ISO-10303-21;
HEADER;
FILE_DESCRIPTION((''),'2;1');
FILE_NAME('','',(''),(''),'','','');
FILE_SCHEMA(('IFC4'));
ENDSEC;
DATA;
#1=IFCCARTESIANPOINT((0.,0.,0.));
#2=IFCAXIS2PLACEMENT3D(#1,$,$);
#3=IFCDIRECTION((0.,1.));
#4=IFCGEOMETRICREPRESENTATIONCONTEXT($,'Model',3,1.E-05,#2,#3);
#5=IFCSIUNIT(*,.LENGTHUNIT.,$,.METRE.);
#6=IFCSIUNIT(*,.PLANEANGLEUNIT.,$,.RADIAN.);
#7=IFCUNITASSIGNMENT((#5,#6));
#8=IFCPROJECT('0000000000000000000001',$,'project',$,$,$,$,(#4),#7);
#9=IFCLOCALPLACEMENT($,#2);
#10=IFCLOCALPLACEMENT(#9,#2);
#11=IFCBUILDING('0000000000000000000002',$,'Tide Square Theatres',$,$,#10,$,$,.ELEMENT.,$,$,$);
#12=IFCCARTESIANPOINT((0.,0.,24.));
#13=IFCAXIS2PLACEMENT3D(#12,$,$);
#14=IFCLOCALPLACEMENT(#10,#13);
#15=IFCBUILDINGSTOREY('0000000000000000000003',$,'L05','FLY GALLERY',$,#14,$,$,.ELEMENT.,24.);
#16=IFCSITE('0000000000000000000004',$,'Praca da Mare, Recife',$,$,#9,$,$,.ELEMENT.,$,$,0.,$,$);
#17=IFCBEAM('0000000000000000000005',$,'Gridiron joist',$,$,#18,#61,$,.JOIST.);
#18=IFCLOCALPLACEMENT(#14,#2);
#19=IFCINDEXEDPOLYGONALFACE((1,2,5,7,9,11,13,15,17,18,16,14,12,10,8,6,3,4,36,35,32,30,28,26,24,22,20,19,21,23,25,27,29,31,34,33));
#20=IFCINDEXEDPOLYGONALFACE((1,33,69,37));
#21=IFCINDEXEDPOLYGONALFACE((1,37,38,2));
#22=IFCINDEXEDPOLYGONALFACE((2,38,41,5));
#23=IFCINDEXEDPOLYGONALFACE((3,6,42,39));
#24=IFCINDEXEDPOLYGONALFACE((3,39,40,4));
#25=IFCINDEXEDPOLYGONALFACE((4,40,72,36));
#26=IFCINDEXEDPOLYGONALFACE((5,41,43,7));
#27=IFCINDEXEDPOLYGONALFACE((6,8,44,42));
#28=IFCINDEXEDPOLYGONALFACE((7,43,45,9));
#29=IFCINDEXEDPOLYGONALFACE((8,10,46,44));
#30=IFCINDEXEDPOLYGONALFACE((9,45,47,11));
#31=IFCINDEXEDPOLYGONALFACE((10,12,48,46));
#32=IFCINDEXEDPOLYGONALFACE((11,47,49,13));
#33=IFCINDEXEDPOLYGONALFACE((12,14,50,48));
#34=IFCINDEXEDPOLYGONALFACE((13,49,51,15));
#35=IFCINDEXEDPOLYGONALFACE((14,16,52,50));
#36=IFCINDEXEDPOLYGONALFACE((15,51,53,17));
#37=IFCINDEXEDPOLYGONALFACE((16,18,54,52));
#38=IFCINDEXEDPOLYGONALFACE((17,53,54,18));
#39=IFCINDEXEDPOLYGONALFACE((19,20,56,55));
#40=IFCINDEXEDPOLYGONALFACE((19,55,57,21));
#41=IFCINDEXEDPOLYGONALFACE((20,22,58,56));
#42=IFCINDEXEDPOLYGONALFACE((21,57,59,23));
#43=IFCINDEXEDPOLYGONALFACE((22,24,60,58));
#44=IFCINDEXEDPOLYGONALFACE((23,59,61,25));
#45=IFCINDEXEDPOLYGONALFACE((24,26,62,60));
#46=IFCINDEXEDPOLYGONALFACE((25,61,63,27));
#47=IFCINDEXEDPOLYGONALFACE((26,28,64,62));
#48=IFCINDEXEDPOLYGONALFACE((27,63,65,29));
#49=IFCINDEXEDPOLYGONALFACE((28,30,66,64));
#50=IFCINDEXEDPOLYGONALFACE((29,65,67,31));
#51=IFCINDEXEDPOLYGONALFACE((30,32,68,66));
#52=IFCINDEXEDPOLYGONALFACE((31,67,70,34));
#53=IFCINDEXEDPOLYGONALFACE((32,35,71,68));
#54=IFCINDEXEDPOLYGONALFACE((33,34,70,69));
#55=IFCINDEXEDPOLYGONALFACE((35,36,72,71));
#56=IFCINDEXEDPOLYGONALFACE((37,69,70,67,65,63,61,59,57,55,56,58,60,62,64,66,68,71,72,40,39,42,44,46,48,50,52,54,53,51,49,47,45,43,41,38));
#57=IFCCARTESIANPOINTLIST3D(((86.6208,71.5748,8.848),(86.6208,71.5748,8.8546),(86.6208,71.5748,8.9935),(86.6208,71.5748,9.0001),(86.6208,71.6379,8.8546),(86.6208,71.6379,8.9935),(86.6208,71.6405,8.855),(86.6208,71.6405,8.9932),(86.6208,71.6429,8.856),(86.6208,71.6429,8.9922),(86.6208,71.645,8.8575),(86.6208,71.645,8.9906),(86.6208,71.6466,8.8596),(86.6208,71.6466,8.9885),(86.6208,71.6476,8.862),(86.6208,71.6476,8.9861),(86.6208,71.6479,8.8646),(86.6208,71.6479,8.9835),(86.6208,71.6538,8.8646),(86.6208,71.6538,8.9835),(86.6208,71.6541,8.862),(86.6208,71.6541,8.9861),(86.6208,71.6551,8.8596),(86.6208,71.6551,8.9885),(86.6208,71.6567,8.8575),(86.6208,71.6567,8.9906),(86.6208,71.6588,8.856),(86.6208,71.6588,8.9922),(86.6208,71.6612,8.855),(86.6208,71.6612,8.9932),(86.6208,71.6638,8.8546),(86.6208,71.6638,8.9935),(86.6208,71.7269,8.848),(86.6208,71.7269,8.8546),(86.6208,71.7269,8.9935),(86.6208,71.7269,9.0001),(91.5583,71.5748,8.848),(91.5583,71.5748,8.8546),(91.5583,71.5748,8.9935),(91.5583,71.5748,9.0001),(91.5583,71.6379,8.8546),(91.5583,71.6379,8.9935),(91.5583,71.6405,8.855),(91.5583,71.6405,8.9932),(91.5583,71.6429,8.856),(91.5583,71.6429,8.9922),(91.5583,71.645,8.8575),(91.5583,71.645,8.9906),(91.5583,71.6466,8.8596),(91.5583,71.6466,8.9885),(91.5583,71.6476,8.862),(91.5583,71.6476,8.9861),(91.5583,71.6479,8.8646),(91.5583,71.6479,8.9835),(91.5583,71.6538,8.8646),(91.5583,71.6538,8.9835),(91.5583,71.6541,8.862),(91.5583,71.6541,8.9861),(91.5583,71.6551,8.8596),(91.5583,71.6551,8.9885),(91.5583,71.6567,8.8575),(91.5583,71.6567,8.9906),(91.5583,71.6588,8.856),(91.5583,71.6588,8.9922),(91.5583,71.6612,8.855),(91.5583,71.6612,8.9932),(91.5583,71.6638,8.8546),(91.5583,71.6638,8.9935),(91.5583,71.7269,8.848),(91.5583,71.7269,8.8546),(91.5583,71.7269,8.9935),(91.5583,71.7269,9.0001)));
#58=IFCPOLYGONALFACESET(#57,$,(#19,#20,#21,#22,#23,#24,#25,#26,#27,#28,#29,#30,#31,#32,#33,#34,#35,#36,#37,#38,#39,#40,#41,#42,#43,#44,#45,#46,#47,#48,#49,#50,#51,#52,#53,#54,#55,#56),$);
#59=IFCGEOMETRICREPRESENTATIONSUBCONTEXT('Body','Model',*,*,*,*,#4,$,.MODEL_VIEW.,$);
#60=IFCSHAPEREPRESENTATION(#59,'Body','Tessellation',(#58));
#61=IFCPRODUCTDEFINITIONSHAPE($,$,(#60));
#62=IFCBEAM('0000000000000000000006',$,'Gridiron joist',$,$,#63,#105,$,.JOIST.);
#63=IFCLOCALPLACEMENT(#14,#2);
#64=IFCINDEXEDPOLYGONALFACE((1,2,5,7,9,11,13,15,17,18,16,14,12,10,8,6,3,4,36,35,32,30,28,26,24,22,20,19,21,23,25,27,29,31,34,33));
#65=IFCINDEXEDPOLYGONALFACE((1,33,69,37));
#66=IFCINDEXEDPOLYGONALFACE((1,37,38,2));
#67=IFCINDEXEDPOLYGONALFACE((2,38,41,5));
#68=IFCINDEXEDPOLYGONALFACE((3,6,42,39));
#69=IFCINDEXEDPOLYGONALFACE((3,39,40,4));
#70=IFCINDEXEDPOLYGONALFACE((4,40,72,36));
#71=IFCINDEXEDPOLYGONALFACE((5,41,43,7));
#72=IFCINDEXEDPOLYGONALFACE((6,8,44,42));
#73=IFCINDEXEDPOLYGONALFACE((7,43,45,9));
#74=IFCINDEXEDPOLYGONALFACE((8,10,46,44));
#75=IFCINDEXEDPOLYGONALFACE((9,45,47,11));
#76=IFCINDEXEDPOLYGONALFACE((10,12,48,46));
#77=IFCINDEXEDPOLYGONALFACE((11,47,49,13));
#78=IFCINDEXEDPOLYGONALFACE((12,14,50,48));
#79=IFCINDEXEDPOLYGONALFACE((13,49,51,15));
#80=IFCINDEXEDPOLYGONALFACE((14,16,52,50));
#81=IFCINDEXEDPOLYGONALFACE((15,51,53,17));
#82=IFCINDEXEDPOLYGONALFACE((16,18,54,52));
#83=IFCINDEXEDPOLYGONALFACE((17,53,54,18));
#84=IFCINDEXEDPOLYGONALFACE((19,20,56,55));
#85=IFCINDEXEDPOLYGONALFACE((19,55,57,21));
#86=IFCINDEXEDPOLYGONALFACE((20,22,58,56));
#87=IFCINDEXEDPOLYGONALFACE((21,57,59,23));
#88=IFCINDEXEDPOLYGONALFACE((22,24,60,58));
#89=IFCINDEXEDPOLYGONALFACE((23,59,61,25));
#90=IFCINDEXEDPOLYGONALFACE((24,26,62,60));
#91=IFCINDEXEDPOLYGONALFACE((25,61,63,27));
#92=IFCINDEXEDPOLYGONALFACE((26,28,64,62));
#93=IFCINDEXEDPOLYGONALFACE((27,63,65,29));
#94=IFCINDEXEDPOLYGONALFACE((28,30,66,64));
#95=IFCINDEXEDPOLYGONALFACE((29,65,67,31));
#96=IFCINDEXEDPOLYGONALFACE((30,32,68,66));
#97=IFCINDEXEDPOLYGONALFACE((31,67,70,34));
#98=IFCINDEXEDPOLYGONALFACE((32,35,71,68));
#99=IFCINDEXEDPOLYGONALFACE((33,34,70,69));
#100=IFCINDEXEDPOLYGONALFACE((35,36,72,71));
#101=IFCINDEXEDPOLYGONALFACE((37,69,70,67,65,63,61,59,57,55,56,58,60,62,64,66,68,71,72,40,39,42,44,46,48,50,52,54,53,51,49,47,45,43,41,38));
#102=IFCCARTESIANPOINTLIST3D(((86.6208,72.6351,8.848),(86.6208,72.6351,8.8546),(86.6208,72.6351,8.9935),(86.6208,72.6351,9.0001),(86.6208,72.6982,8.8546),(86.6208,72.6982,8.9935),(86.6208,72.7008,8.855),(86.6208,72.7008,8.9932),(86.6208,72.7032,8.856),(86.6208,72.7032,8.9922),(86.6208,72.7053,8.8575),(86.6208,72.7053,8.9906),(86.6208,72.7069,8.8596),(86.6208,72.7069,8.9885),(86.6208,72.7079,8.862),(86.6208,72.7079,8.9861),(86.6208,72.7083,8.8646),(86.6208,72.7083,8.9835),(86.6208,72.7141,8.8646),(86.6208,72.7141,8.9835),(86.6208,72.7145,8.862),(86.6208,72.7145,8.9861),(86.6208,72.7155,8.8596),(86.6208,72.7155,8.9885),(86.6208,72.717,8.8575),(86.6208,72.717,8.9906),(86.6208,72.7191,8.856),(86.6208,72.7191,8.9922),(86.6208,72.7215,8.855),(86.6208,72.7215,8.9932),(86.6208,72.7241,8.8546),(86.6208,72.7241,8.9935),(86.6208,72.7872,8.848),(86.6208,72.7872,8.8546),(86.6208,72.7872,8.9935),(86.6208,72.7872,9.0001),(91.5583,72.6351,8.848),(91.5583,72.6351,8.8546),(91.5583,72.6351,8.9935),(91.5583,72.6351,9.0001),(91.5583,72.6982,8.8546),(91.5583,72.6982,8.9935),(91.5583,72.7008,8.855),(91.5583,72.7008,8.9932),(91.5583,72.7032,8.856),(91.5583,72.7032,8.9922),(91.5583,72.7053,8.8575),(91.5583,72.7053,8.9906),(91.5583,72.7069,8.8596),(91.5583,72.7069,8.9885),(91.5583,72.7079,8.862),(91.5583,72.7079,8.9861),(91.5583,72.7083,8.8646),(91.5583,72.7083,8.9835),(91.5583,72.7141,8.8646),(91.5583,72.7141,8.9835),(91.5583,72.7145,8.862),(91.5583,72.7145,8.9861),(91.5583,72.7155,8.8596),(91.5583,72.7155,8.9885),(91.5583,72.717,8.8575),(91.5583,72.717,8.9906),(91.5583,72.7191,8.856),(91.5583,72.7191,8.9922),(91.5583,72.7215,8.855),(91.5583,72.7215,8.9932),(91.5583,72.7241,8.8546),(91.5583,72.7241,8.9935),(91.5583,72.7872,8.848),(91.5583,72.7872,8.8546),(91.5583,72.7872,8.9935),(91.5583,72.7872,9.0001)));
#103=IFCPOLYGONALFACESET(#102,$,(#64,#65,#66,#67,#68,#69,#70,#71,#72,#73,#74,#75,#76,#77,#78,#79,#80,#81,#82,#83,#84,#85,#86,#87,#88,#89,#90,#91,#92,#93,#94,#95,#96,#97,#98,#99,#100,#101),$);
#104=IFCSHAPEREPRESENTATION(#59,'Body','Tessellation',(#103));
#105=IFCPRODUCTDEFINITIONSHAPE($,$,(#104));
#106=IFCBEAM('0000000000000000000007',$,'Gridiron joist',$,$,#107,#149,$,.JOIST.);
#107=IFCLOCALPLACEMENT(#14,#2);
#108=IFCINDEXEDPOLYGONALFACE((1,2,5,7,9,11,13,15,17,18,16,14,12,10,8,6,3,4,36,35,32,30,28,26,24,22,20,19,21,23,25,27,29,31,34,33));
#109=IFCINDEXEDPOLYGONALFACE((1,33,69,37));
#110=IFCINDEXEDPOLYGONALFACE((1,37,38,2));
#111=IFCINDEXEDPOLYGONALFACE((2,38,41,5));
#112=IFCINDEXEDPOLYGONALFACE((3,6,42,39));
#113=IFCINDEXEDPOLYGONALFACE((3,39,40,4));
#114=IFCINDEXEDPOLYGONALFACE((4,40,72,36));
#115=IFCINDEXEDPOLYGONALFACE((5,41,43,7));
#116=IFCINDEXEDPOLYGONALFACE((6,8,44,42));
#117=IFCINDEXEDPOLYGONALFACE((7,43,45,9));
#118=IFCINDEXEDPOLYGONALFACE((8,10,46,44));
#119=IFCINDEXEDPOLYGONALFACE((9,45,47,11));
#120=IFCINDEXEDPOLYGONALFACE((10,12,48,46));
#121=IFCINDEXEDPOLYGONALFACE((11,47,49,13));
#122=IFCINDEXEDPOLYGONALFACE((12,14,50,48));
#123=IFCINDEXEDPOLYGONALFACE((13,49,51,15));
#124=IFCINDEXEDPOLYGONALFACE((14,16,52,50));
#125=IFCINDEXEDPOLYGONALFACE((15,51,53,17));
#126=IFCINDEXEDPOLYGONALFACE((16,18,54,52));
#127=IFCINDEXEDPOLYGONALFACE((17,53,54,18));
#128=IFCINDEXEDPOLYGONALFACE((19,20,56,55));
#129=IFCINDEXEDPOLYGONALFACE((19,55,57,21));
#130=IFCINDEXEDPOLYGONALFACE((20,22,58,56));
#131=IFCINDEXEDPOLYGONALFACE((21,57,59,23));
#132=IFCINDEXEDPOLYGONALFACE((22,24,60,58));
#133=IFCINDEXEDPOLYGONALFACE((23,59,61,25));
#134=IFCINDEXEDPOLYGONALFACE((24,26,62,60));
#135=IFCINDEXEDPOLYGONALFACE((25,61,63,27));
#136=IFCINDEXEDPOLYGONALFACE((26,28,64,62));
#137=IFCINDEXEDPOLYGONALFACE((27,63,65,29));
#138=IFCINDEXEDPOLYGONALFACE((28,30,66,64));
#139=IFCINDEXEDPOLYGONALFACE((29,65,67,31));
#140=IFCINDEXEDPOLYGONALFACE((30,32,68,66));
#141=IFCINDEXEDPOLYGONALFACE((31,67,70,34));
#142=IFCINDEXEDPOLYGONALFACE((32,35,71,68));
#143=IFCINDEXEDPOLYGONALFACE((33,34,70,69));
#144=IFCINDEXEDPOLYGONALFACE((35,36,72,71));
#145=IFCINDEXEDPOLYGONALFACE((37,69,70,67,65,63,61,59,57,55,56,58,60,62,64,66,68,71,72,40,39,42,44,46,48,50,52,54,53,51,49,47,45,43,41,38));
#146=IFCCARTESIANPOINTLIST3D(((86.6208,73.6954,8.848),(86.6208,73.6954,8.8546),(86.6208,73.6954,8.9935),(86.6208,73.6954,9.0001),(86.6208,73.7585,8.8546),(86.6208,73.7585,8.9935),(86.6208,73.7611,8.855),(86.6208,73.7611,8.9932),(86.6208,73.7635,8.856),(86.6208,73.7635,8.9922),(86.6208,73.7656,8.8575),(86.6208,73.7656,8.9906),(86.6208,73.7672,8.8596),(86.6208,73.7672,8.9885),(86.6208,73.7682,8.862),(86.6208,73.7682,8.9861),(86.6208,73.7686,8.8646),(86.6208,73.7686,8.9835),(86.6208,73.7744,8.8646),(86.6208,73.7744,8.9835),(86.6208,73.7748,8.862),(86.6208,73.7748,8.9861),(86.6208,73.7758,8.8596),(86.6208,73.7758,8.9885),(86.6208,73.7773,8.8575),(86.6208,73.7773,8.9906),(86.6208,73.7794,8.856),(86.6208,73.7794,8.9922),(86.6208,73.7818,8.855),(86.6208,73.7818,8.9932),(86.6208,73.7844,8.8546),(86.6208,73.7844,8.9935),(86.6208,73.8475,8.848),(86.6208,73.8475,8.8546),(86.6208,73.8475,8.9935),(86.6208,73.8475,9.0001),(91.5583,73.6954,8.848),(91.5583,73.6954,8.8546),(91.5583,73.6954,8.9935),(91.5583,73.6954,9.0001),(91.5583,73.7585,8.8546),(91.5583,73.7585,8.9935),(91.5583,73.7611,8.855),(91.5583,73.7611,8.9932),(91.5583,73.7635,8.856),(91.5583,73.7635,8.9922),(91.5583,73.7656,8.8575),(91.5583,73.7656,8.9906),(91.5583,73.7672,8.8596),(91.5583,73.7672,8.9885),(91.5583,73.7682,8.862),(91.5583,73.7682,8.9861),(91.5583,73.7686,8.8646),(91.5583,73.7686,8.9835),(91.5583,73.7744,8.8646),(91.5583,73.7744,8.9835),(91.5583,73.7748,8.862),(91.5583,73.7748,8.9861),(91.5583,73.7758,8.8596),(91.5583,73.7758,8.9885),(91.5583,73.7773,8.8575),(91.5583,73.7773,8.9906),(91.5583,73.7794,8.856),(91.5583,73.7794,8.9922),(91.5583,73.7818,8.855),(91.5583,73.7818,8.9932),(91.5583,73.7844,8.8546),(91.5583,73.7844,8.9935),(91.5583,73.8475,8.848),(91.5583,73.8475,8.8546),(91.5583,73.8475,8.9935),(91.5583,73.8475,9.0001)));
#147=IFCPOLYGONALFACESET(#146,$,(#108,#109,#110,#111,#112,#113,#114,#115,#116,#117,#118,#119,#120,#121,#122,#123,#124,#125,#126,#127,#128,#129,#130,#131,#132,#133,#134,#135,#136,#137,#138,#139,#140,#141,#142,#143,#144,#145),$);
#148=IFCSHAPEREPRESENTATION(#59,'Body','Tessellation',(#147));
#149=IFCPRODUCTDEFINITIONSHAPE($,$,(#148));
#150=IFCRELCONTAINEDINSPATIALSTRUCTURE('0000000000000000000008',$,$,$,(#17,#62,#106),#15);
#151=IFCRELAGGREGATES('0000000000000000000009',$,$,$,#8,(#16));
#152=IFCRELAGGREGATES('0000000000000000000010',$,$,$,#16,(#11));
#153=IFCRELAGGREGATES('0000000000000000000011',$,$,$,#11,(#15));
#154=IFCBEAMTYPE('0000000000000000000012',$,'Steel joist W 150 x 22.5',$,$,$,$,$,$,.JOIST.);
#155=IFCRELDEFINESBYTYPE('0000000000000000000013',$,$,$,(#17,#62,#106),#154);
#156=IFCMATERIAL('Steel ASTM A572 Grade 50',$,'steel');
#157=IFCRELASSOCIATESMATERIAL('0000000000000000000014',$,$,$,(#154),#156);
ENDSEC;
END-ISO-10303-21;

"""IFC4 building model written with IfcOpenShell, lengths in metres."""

from ifc_helpers import new_model, si_unit, direction, frame, origin, origin_2d, place, context, subcontext, project, spatial, i_section, extrude, material, material_profile, profile_set, type_object, element, save


model = new_model("IFC4")

# Units and contexts
model_context = context("Model", 3, precision=1e-05, world=origin(), true_north=direction((0.0, 1.0)))
body_context = subcontext(model_context, "Body", "Model", "MODEL_VIEW")
ifc_project = project(units=[si_unit("LENGTHUNIT", "METRE"), si_unit("PLANEANGLEUNIT", "RADIAN")], contexts=[model_context])

# Site, building, storey
site_placement = place(None, origin())
site = spatial("IfcSite", under=ifc_project, at=site_placement, Name="Praca da Mare, Recife", CompositionType="ELEMENT", RefElevation=0.0)
building_placement = place(site_placement, origin())
building = spatial("IfcBuilding", under=site, at=building_placement, Name="Tide Square Theatres", CompositionType="ELEMENT")
storey_placement = place(building_placement, frame((0.0, 0.0, 24.0)))
storey = spatial("IfcBuildingStorey", under=building, at=storey_placement, Name="L05", Description="FLY GALLERY", CompositionType="ELEMENT", Elevation=24.0)

# Beams
ifc_material_1 = material(Name="Steel ASTM A572 Grade 50", Category="steel")
ifc_material_profile_1 = material_profile(ifc_material_1, i_section(OverallWidth=0.1521, OverallDepth=0.1521, WebThickness=0.0059, FlangeThickness=0.0066, FilletRadius=0.01, at=origin_2d()))
ifc_profile_set_1 = profile_set([ifc_material_profile_1], Name="Steel ASTM A572 Grade 50")
beam_type_1 = type_object("IfcBeamType", Name="Steel joist W 150 x 22.5", PredefinedType="JOIST", material=ifc_profile_set_1)
for number, where, z_axis, x_axis, name in (
    (1, (86.6208, 71.6509, 8.9241), (1.0, 0.0, 0.0), (0.0, 1.0, 0.0), "Gridiron joist"),
    (2, (86.6208, 72.7112, 8.9241), (1.0, 0.0, 0.0), (0.0, 1.0, 0.0), "Gridiron joist"),
    (3, (86.6208, 73.7715, 8.9241), (1.0, 0.0, 0.0), (0.0, 1.0, 0.0), "Gridiron joist"),
):
    element("IfcBeam", number, at=place(storey_placement, frame(where, z_axis=z_axis, x_axis=x_axis)), inside=storey, type_object=beam_type_1, Name=name, PredefinedType="JOIST", context=body_context, shape_type="SweptSolid", body=[
        extrude(i_section(OverallWidth=0.1521, OverallDepth=0.1521, WebThickness=0.0059, FlangeThickness=0.0066, FilletRadius=0.01, at=origin_2d()), origin(), (0.0, 0.0, 1.0), 4.9375),
    ])

save(model, "model.ifc")
